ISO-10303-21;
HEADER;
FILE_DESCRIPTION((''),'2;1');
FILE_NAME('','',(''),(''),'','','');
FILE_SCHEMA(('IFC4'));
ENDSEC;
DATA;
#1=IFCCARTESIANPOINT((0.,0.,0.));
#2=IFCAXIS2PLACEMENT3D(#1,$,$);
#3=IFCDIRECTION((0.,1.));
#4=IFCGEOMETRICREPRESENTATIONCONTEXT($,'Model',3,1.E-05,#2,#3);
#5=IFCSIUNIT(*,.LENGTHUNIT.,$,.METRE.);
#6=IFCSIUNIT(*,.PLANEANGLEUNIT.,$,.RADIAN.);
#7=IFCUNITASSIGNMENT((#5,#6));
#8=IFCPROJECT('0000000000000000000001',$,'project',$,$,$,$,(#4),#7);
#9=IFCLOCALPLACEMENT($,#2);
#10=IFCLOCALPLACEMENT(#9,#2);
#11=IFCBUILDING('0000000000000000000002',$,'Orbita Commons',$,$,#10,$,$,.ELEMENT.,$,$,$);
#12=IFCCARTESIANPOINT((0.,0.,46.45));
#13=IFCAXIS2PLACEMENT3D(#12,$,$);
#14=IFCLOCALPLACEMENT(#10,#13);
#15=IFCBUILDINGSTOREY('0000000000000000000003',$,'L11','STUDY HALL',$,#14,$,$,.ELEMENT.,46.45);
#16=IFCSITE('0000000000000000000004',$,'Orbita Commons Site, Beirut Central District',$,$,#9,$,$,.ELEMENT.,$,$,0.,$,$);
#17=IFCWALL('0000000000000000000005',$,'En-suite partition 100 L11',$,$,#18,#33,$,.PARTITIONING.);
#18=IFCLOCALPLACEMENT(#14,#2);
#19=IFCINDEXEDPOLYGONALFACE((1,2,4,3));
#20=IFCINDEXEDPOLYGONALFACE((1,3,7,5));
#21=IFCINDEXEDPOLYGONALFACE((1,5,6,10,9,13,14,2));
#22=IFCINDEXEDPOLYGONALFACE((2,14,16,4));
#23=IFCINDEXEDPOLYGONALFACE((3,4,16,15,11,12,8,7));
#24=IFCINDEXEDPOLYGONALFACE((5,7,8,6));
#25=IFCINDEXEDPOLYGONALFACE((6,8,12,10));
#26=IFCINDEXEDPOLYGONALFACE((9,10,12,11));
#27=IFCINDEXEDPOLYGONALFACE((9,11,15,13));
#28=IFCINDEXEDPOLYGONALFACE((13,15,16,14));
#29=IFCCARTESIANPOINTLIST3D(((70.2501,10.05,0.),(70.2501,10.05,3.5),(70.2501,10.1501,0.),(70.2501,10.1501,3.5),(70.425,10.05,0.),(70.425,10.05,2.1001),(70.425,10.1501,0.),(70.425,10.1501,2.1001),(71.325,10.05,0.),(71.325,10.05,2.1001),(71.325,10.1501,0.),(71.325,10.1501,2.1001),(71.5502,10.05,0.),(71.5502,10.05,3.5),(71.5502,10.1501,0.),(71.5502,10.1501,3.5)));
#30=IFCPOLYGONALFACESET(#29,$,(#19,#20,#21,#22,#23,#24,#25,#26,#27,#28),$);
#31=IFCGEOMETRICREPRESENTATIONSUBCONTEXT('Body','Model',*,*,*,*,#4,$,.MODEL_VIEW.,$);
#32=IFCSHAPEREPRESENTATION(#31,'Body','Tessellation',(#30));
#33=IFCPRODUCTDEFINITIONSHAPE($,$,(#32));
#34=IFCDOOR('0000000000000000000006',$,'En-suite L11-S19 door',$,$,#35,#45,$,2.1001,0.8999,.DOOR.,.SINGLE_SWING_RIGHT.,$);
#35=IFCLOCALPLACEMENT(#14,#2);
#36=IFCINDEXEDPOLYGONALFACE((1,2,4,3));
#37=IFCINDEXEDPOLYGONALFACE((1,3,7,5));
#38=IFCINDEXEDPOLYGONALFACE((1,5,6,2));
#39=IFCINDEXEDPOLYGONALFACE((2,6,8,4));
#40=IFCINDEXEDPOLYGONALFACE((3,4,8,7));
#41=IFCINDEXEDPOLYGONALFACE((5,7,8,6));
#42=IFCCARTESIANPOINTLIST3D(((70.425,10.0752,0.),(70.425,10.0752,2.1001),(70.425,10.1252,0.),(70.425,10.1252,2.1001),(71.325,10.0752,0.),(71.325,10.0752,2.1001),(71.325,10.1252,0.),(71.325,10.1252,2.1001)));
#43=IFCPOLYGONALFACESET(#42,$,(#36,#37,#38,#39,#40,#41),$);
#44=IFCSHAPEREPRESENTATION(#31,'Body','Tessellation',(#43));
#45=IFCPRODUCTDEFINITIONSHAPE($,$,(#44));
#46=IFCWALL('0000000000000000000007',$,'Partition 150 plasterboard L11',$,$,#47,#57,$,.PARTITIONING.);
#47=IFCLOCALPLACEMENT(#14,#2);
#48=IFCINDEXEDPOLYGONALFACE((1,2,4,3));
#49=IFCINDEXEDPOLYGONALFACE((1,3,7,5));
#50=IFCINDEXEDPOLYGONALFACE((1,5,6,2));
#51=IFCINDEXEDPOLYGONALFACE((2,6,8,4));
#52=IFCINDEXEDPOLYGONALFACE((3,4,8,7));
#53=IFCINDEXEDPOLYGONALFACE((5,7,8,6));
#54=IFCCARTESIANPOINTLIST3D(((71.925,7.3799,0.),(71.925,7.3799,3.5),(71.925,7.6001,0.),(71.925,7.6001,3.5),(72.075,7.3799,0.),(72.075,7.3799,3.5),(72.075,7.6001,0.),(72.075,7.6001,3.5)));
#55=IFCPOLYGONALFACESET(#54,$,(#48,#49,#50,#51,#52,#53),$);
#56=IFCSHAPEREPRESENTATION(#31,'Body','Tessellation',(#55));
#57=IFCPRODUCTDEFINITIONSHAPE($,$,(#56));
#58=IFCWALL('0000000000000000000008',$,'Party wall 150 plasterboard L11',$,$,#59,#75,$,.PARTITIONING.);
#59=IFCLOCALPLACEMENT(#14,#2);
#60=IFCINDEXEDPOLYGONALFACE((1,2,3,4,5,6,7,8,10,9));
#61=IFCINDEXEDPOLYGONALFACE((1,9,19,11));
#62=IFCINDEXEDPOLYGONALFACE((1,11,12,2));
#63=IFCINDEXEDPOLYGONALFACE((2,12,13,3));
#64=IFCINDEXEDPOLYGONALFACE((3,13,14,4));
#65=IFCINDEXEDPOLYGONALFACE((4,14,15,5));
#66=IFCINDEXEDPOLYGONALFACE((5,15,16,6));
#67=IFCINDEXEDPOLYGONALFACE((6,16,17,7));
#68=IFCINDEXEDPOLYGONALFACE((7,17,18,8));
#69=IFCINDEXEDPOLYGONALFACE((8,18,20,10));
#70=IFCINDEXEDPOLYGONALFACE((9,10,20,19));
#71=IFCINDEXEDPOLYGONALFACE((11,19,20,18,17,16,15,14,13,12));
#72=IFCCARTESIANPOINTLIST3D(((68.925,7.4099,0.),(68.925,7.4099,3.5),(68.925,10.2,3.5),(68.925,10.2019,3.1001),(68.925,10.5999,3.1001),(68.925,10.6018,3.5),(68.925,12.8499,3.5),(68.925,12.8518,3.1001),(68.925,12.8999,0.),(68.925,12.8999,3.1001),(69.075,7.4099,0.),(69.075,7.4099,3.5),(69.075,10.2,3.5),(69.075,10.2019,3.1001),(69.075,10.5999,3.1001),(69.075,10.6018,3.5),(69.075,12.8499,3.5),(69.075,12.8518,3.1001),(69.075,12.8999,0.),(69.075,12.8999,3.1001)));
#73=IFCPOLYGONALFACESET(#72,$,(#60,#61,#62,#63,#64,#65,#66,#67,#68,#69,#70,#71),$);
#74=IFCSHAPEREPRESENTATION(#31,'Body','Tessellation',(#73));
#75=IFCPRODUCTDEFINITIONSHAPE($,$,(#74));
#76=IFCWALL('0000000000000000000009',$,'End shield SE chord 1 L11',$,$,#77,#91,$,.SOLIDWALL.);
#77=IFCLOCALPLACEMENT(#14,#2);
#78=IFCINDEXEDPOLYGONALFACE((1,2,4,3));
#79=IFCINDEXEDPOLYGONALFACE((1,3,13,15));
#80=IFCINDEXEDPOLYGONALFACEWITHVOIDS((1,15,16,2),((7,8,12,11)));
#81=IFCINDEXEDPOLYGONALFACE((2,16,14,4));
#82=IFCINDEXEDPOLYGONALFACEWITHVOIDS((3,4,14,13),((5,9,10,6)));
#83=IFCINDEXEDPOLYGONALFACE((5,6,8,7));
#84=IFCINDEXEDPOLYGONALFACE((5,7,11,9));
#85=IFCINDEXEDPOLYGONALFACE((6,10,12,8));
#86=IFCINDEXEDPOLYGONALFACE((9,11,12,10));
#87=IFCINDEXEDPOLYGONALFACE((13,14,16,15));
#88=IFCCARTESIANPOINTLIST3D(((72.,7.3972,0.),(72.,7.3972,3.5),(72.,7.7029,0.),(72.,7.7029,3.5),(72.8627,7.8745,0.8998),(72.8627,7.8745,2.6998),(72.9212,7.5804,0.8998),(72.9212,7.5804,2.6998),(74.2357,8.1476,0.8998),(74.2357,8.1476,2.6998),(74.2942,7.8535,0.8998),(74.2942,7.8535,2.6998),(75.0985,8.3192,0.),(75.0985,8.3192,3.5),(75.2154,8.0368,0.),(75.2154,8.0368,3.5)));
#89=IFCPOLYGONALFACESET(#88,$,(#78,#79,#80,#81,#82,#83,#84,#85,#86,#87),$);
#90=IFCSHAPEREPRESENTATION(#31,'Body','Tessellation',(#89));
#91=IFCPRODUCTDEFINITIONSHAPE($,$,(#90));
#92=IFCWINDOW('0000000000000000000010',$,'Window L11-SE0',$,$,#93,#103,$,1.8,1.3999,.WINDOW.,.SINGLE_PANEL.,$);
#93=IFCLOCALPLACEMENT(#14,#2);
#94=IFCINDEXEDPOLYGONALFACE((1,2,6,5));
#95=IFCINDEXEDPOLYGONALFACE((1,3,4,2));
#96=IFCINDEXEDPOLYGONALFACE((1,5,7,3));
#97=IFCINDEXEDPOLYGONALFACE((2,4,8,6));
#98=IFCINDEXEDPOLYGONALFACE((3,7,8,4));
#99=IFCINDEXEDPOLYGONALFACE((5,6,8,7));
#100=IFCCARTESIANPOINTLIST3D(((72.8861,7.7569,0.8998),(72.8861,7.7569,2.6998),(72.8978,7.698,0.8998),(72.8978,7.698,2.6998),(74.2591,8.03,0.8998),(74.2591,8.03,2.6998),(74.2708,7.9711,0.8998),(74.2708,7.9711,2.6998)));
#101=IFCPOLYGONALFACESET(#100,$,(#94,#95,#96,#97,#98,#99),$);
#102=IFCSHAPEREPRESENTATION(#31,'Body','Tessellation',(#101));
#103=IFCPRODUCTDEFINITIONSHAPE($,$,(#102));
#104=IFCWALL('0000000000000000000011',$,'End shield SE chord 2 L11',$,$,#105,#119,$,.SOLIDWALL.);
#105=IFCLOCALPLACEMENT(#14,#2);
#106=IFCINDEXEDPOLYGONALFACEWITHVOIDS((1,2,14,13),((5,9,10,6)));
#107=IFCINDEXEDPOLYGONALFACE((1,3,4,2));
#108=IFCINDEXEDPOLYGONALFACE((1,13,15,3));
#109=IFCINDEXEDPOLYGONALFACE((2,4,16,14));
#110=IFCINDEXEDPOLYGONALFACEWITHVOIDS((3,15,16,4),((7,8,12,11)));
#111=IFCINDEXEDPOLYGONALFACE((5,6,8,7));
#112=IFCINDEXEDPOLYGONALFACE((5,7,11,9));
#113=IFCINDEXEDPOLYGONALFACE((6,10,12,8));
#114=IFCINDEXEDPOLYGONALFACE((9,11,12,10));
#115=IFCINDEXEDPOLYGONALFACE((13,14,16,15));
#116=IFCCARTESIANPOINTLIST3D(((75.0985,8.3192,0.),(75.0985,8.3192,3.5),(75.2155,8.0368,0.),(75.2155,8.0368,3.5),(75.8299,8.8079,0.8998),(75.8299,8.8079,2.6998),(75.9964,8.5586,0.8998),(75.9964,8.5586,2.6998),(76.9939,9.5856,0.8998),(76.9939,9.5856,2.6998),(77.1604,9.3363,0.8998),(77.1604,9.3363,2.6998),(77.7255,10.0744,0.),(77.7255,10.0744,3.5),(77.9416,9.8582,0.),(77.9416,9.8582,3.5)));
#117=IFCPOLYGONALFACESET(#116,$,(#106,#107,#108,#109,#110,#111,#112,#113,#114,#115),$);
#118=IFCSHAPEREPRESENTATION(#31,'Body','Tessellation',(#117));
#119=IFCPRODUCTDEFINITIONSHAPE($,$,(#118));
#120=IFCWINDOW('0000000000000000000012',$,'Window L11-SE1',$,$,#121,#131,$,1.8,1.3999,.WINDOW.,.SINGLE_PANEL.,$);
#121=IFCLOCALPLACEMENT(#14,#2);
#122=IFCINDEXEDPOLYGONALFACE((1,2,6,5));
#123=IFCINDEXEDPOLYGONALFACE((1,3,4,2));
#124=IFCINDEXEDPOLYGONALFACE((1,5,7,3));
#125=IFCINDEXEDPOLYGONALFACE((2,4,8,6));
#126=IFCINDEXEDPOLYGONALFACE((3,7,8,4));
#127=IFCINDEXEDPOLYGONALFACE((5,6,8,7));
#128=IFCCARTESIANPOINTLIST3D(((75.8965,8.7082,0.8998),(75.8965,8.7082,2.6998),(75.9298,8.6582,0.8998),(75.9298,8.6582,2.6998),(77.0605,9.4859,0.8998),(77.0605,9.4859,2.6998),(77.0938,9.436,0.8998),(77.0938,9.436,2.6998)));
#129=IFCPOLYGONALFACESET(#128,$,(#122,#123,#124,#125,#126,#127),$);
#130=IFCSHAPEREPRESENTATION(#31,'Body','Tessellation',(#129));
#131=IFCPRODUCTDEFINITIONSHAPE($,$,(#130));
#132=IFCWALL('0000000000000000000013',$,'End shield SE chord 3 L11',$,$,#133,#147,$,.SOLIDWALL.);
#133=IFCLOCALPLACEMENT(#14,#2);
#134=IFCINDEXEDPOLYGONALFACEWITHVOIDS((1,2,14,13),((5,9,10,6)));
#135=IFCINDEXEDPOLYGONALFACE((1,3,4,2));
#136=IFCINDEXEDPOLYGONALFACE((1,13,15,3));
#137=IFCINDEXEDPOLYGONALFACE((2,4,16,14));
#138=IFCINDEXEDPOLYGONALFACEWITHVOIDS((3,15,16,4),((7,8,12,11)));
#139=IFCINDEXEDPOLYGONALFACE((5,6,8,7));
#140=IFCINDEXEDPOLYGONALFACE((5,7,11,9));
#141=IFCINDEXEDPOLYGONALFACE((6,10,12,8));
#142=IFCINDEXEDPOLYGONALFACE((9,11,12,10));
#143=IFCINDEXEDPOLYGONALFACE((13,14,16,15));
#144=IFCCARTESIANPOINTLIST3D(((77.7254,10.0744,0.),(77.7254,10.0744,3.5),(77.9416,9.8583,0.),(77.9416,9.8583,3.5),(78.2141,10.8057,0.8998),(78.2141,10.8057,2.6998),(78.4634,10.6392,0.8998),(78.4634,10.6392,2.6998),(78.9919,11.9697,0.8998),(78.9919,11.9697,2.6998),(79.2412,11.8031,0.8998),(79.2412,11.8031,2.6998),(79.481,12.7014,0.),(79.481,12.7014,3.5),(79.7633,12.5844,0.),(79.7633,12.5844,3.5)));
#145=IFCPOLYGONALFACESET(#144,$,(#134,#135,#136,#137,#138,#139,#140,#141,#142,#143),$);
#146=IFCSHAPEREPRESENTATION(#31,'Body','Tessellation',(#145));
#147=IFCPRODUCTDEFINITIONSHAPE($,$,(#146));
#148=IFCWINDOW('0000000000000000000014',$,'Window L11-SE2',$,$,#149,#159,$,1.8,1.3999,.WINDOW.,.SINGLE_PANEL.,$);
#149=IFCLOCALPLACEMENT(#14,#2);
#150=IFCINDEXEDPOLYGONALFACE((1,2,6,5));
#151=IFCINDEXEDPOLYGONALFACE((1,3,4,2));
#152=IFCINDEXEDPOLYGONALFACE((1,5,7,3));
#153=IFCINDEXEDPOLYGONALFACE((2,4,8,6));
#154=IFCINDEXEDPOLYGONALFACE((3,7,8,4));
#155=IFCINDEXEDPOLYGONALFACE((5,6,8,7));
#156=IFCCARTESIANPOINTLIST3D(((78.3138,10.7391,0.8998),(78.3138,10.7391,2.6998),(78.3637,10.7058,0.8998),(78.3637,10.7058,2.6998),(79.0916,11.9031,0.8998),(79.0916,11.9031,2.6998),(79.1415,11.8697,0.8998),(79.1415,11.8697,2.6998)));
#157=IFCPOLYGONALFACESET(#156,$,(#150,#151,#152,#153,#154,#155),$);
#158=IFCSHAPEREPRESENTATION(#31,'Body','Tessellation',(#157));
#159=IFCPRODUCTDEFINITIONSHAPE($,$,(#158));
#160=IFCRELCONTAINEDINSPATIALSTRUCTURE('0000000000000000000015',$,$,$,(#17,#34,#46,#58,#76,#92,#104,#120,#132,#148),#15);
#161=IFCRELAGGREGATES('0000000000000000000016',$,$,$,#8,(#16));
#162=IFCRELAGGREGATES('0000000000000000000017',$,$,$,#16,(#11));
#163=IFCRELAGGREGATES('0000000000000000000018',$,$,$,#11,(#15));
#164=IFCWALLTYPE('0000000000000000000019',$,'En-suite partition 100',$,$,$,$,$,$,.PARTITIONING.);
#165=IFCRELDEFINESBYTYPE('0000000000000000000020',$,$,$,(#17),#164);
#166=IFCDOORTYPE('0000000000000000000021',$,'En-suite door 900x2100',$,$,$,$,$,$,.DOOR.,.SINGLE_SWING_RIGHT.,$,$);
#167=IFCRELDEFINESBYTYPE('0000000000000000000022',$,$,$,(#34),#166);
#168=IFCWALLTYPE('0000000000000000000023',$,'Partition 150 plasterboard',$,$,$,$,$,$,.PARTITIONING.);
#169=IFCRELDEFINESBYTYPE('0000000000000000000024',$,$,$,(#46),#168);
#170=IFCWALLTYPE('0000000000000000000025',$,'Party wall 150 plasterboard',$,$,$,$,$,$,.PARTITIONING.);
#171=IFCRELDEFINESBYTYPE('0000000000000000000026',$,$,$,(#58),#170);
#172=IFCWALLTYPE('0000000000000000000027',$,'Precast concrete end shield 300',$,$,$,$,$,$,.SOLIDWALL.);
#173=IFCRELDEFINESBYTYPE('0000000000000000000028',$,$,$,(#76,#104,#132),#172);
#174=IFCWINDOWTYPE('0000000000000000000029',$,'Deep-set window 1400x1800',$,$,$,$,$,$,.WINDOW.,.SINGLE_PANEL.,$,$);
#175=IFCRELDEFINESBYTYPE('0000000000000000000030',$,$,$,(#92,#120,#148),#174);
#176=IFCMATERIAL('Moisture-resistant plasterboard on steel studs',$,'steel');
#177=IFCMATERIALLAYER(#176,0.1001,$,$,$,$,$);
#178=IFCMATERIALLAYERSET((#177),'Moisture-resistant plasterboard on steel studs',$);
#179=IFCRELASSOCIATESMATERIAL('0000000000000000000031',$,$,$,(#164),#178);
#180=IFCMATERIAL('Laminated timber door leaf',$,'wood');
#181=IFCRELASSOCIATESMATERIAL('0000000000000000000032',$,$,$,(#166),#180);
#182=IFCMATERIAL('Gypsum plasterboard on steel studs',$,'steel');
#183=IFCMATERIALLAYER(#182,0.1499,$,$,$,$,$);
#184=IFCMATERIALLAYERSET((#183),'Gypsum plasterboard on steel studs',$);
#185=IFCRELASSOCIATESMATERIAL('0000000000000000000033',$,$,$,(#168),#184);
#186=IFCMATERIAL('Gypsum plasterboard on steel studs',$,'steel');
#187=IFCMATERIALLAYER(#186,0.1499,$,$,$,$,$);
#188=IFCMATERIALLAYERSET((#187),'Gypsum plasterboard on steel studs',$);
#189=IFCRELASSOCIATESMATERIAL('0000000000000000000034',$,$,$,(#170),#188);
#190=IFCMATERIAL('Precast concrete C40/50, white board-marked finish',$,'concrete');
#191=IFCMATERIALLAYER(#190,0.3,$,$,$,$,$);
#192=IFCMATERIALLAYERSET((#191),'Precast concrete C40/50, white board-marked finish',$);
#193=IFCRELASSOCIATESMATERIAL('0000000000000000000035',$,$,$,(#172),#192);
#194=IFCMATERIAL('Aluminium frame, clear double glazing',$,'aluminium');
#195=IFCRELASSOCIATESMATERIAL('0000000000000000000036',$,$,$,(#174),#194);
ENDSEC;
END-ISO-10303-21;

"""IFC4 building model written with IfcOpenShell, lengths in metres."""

from ifc_helpers import new_model, si_unit, direction, frame, frame_2d, origin, place, context, subcontext, project, spatial, polyline, rectangle, outline, extrude, material, layer, layer_set, type_object, element, fill, save


model = new_model("IFC4")

# Units and contexts
model_context = context("Model", 3, precision=1e-05, world=origin(), true_north=direction((0.0, 1.0)))
body_context = subcontext(model_context, "Body", "Model", "MODEL_VIEW")
ifc_project = project(units=[si_unit("LENGTHUNIT", "METRE"), si_unit("PLANEANGLEUNIT", "RADIAN")], contexts=[model_context])

# Site, building, storey
site_placement = place(None, origin())
site = spatial("IfcSite", under=ifc_project, at=site_placement, Name="Orbita Commons Site, Beirut Central District", CompositionType="ELEMENT", RefElevation=0.0)
building_placement = place(site_placement, origin())
building = spatial("IfcBuilding", under=site, at=building_placement, Name="Orbita Commons", CompositionType="ELEMENT")
storey_placement = place(building_placement, frame((0.0, 0.0, 46.45)))
storey = spatial("IfcBuildingStorey", under=building, at=storey_placement, Name="L11", Description="STUDY HALL", CompositionType="ELEMENT", Elevation=46.45)

# Shared definitions
ifc_material_1 = material(Name="Moisture-resistant plasterboard on steel studs", Category="steel")
ifc_layer_1 = layer(ifc_material_1, 0.1001)
ifc_layer_set_1 = layer_set([ifc_layer_1], Name="Moisture-resistant plasterboard on steel studs")
wall_type_1 = type_object("IfcWallType", Name="En-suite partition 100", PredefinedType="PARTITIONING", material=ifc_layer_set_1)
ifc_material_2 = material(Name="Laminated timber door leaf", Category="wood")
door_type = type_object("IfcDoorType", Name="En-suite door 900x2100", OperationType="SINGLE_SWING_RIGHT", PredefinedType="DOOR", material=ifc_material_2)

# Wall, opening, door
wall_1_placement = place(storey_placement, frame((71.55, 10.1001, 0.0), z_axis=(0.0, 0.0, 1.0), x_axis=(-1.0, 0.0, 0.0)))
wall_1 = element("IfcWall", 1, at=wall_1_placement, inside=storey, type_object=wall_type_1, Name="En-suite partition 100 L11", PredefinedType="PARTITIONING", context=body_context, shape_type="SweptSolid", body=[
    extrude(rectangle(XDim=1.3, YDim=0.1001, at=frame_2d((0.6499, 0.0))), origin(), (0.0, 0.0, 1.0), 3.5),
])
opening_1_placement = place(wall_1_placement, frame((0.2251, 0.0, 0.0)))
opening_1 = element("IfcOpeningElement", 2, at=opening_1_placement, cuts=wall_1, PredefinedType="OPENING", context=body_context, shape_type="SweptSolid", body=[
    extrude(rectangle(XDim=0.8999, YDim=2.1001, at=frame_2d((0.45, 1.05))), frame((0.0, 0.0601, 0.0), z_axis=(0.0, -1.0, 0.0), x_axis=(1.0, 0.0, 0.0)), (0.0, 0.0, 1.0), 0.1201),
])
door_1_placement = place(opening_1_placement, origin())
door_1 = element("IfcDoor", 3, at=door_1_placement, inside=storey, type_object=door_type, Name="En-suite L11-S19 door", OperationType="SINGLE_SWING_RIGHT", OverallHeight=2.1001, OverallWidth=0.8999, PredefinedType="DOOR", context=body_context, shape_type="SweptSolid", body=[
    extrude(rectangle(XDim=0.8999, YDim=2.1001, at=frame_2d((0.45, 1.05))), frame((0.0, 0.0249, 0.0), z_axis=(0.0, -1.0, 0.0), x_axis=(1.0, 0.0, 0.0)), (0.0, 0.0, 1.0), 0.05),
])
fill(opening_1, door_1)

# Walls
ifc_material_3 = material(Name="Gypsum plasterboard on steel studs", Category="steel")
ifc_layer_2 = layer(ifc_material_3, 0.1499)
ifc_layer_set_2 = layer_set([ifc_layer_2], Name="Gypsum plasterboard on steel studs")
wall_type_2 = type_object("IfcWallType", Name="Partition 150 plasterboard", PredefinedType="PARTITIONING", material=ifc_layer_set_2)
wall_2_placement = place(storey_placement, frame((72.0, 7.6001, 0.0), z_axis=(0.0, 0.0, 1.0), x_axis=(0.0, -1.0, 0.0)))
element("IfcWall", 4, at=wall_2_placement, inside=storey, type_object=wall_type_2, Name="Partition 150 plasterboard L11", PredefinedType="PARTITIONING", context=body_context, shape_type="SweptSolid", body=[
    extrude(rectangle(XDim=0.2202, YDim=0.1499, at=frame_2d((0.1101, 0.0))), origin(), (0.0, 0.0, 1.0), 3.5),
])
ifc_material_4 = material(Name="Gypsum plasterboard on steel studs", Category="steel")
ifc_layer_3 = layer(ifc_material_4, 0.1499)
ifc_layer_set_3 = layer_set([ifc_layer_3], Name="Gypsum plasterboard on steel studs")
wall_type_3 = type_object("IfcWallType", Name="Party wall 150 plasterboard", PredefinedType="PARTITIONING", material=ifc_layer_set_3)
wall_3_placement = place(storey_placement, frame((69.0, 7.4099, 0.0), z_axis=(0.0, 0.0, 1.0), x_axis=(0.0, 1.0, 0.0)))
element("IfcWall", 5, at=wall_3_placement, inside=storey, type_object=wall_type_3, Name="Party wall 150 plasterboard L11", PredefinedType="PARTITIONING", context=body_context, shape_type="SweptSolid", body=[
    extrude(outline(polyline([(0.0, 0.0), (5.49, 0.0), (5.49, 3.1001), (5.4419, 3.1001), (5.4399, 3.5), (3.1919, 3.5), (3.1899, 3.1001), (2.792, 3.1001), (2.79, 3.5), (0.0, 3.5), (0.0, 0.0)])), frame((0.0, 0.075, 0.0), z_axis=(0.0, -1.0, 0.0), x_axis=(1.0, 0.0, 0.0)), (0.0, 0.0, 1.0), 0.1499),
])

# Walls, openings, windows
ifc_material_5 = material(Name="Precast concrete C40/50, white board-marked finish", Category="concrete")
ifc_layer_4 = layer(ifc_material_5, 0.3)
ifc_layer_set_4 = layer_set([ifc_layer_4], Name="Precast concrete C40/50, white board-marked finish")
wall_type_4 = type_object("IfcWallType", Name="Precast concrete end shield 300", PredefinedType="SOLIDWALL", material=ifc_layer_set_4)
wall_4_placement = place(storey_placement, frame((72.0, 7.55, 0.0), z_axis=(0.0, 0.0, 1.0), x_axis=(0.980787, 0.19508, 0.0)))
wall_4 = element("IfcWall", 6, at=wall_4_placement, inside=storey, type_object=wall_type_4, Name="End shield SE chord 1 L11", PredefinedType="SOLIDWALL", context=body_context, shape_type="SweptSolid", body=[
    extrude(outline(polyline([(-0.0298, -0.1499), (3.2485, -0.1499), (3.189, 0.1499), (0.0298, 0.1499), (-0.0298, -0.1499)])), origin(), (0.0, 0.0, 1.0), 3.5),
])
opening_2_placement = place(wall_4_placement, frame((0.9094, 0.0, 0.8999)))
opening_2 = element("IfcOpeningElement", 7, at=opening_2_placement, cuts=wall_4, PredefinedType="OPENING", context=body_context, shape_type="SweptSolid", body=[
    extrude(rectangle(XDim=1.3999, YDim=1.8, at=frame_2d((0.7, 0.8999))), frame((0.0, 0.1599, 0.0), z_axis=(0.0, -1.0, 0.0), x_axis=(1.0, 0.0, 0.0)), (0.0, 0.0, 1.0), 0.3201),
])
ifc_material_6 = material(Name="Aluminium frame, clear double glazing", Category="aluminium")
window_type = type_object("IfcWindowType", Name="Deep-set window 1400x1800", PartitioningType="SINGLE_PANEL", PredefinedType="WINDOW", material=ifc_material_6)
window_1_placement = place(opening_2_placement, origin())
window_1 = element("IfcWindow", 8, at=window_1_placement, inside=storey, type_object=window_type, Name="Window L11-SE0", OverallHeight=1.8, OverallWidth=1.3999, PartitioningType="SINGLE_PANEL", PredefinedType="WINDOW", context=body_context, shape_type="SweptSolid", body=[
    extrude(rectangle(XDim=1.3999, YDim=1.8, at=frame_2d((0.7, 0.8999))), frame((0.0, 0.03, 0.0), z_axis=(0.0, -1.0, 0.0), x_axis=(1.0, 0.0, 0.0)), (0.0, 0.0, 1.0), 0.0601),
])
fill(opening_2, window_1)
wall_5_placement = place(storey_placement, frame((75.157, 8.178, 0.0), z_axis=(0.0, 0.0, 1.0), x_axis=(0.831478, 0.555558, 0.0)))
wall_5 = element("IfcWall", 9, at=wall_5_placement, inside=storey, type_object=wall_type_4, Name="End shield SE chord 2 L11", PredefinedType="SOLIDWALL", context=body_context, shape_type="SweptSolid", body=[
    extrude(outline(polyline([(-0.0298, -0.1499), (3.2488, -0.1499), (3.1892, 0.1499), (0.0298, 0.1499), (-0.0298, -0.1499)])), origin(), (0.0, 0.0, 1.0), 3.5),
])
opening_3_placement = place(wall_5_placement, frame((0.9094, 0.0, 0.8999)))
opening_3 = element("IfcOpeningElement", 10, at=opening_3_placement, cuts=wall_5, PredefinedType="OPENING", context=body_context, shape_type="SweptSolid", body=[
    extrude(rectangle(XDim=1.3999, YDim=1.8, at=frame_2d((0.7, 0.8999))), frame((0.0, 0.1599, 0.0), z_axis=(0.0, -1.0, 0.0), x_axis=(1.0, 0.0, 0.0)), (0.0, 0.0, 1.0), 0.3201),
])
window_2_placement = place(opening_3_placement, origin())
window_2 = element("IfcWindow", 11, at=window_2_placement, inside=storey, type_object=window_type, Name="Window L11-SE1", OverallHeight=1.8, OverallWidth=1.3999, PartitioningType="SINGLE_PANEL", PredefinedType="WINDOW", context=body_context, shape_type="SweptSolid", body=[
    extrude(rectangle(XDim=1.3999, YDim=1.8, at=frame_2d((0.7, 0.8999))), frame((0.0, 0.03, 0.0), z_axis=(0.0, -1.0, 0.0), x_axis=(1.0, 0.0, 0.0)), (0.0, 0.0, 1.0), 0.0601),
])
fill(opening_3, window_2)
wall_6_placement = place(storey_placement, frame((77.8335, 9.9663, 0.0), z_axis=(0.0, 0.0, 1.0), x_axis=(0.55561, 0.831443, 0.0)))
wall_6 = element("IfcWall", 12, at=wall_6_placement, inside=storey, type_object=wall_type_4, Name="End shield SE chord 3 L11", PredefinedType="SOLIDWALL", context=body_context, shape_type="SweptSolid", body=[
    extrude(outline(polyline([(-0.0298, -0.1499), (3.249, -0.1499), (3.1895, 0.1499), (0.0298, 0.1499), (-0.0298, -0.1499)])), origin(), (0.0, 0.0, 1.0), 3.5),
])
opening_4_placement = place(wall_6_placement, frame((0.9094, 0.0, 0.8999)))
opening_4 = element("IfcOpeningElement", 13, at=opening_4_placement, cuts=wall_6, PredefinedType="OPENING", context=body_context, shape_type="SweptSolid", body=[
    extrude(rectangle(XDim=1.3999, YDim=1.8, at=frame_2d((0.7, 0.8999))), frame((0.0, 0.1599, 0.0), z_axis=(0.0, -1.0, 0.0), x_axis=(1.0, 0.0, 0.0)), (0.0, 0.0, 1.0), 0.3201),
])
window_3_placement = place(opening_4_placement, origin())
window_3 = element("IfcWindow", 14, at=window_3_placement, inside=storey, type_object=window_type, Name="Window L11-SE2", OverallHeight=1.8, OverallWidth=1.3999, PartitioningType="SINGLE_PANEL", PredefinedType="WINDOW", context=body_context, shape_type="SweptSolid", body=[
    extrude(rectangle(XDim=1.3999, YDim=1.8, at=frame_2d((0.7, 0.8999))), frame((0.0, 0.03, 0.0), z_axis=(0.0, -1.0, 0.0), x_axis=(1.0, 0.0, 0.0)), (0.0, 0.0, 1.0), 0.0601),
])
fill(opening_4, window_3)

save(model, "model.ifc")
